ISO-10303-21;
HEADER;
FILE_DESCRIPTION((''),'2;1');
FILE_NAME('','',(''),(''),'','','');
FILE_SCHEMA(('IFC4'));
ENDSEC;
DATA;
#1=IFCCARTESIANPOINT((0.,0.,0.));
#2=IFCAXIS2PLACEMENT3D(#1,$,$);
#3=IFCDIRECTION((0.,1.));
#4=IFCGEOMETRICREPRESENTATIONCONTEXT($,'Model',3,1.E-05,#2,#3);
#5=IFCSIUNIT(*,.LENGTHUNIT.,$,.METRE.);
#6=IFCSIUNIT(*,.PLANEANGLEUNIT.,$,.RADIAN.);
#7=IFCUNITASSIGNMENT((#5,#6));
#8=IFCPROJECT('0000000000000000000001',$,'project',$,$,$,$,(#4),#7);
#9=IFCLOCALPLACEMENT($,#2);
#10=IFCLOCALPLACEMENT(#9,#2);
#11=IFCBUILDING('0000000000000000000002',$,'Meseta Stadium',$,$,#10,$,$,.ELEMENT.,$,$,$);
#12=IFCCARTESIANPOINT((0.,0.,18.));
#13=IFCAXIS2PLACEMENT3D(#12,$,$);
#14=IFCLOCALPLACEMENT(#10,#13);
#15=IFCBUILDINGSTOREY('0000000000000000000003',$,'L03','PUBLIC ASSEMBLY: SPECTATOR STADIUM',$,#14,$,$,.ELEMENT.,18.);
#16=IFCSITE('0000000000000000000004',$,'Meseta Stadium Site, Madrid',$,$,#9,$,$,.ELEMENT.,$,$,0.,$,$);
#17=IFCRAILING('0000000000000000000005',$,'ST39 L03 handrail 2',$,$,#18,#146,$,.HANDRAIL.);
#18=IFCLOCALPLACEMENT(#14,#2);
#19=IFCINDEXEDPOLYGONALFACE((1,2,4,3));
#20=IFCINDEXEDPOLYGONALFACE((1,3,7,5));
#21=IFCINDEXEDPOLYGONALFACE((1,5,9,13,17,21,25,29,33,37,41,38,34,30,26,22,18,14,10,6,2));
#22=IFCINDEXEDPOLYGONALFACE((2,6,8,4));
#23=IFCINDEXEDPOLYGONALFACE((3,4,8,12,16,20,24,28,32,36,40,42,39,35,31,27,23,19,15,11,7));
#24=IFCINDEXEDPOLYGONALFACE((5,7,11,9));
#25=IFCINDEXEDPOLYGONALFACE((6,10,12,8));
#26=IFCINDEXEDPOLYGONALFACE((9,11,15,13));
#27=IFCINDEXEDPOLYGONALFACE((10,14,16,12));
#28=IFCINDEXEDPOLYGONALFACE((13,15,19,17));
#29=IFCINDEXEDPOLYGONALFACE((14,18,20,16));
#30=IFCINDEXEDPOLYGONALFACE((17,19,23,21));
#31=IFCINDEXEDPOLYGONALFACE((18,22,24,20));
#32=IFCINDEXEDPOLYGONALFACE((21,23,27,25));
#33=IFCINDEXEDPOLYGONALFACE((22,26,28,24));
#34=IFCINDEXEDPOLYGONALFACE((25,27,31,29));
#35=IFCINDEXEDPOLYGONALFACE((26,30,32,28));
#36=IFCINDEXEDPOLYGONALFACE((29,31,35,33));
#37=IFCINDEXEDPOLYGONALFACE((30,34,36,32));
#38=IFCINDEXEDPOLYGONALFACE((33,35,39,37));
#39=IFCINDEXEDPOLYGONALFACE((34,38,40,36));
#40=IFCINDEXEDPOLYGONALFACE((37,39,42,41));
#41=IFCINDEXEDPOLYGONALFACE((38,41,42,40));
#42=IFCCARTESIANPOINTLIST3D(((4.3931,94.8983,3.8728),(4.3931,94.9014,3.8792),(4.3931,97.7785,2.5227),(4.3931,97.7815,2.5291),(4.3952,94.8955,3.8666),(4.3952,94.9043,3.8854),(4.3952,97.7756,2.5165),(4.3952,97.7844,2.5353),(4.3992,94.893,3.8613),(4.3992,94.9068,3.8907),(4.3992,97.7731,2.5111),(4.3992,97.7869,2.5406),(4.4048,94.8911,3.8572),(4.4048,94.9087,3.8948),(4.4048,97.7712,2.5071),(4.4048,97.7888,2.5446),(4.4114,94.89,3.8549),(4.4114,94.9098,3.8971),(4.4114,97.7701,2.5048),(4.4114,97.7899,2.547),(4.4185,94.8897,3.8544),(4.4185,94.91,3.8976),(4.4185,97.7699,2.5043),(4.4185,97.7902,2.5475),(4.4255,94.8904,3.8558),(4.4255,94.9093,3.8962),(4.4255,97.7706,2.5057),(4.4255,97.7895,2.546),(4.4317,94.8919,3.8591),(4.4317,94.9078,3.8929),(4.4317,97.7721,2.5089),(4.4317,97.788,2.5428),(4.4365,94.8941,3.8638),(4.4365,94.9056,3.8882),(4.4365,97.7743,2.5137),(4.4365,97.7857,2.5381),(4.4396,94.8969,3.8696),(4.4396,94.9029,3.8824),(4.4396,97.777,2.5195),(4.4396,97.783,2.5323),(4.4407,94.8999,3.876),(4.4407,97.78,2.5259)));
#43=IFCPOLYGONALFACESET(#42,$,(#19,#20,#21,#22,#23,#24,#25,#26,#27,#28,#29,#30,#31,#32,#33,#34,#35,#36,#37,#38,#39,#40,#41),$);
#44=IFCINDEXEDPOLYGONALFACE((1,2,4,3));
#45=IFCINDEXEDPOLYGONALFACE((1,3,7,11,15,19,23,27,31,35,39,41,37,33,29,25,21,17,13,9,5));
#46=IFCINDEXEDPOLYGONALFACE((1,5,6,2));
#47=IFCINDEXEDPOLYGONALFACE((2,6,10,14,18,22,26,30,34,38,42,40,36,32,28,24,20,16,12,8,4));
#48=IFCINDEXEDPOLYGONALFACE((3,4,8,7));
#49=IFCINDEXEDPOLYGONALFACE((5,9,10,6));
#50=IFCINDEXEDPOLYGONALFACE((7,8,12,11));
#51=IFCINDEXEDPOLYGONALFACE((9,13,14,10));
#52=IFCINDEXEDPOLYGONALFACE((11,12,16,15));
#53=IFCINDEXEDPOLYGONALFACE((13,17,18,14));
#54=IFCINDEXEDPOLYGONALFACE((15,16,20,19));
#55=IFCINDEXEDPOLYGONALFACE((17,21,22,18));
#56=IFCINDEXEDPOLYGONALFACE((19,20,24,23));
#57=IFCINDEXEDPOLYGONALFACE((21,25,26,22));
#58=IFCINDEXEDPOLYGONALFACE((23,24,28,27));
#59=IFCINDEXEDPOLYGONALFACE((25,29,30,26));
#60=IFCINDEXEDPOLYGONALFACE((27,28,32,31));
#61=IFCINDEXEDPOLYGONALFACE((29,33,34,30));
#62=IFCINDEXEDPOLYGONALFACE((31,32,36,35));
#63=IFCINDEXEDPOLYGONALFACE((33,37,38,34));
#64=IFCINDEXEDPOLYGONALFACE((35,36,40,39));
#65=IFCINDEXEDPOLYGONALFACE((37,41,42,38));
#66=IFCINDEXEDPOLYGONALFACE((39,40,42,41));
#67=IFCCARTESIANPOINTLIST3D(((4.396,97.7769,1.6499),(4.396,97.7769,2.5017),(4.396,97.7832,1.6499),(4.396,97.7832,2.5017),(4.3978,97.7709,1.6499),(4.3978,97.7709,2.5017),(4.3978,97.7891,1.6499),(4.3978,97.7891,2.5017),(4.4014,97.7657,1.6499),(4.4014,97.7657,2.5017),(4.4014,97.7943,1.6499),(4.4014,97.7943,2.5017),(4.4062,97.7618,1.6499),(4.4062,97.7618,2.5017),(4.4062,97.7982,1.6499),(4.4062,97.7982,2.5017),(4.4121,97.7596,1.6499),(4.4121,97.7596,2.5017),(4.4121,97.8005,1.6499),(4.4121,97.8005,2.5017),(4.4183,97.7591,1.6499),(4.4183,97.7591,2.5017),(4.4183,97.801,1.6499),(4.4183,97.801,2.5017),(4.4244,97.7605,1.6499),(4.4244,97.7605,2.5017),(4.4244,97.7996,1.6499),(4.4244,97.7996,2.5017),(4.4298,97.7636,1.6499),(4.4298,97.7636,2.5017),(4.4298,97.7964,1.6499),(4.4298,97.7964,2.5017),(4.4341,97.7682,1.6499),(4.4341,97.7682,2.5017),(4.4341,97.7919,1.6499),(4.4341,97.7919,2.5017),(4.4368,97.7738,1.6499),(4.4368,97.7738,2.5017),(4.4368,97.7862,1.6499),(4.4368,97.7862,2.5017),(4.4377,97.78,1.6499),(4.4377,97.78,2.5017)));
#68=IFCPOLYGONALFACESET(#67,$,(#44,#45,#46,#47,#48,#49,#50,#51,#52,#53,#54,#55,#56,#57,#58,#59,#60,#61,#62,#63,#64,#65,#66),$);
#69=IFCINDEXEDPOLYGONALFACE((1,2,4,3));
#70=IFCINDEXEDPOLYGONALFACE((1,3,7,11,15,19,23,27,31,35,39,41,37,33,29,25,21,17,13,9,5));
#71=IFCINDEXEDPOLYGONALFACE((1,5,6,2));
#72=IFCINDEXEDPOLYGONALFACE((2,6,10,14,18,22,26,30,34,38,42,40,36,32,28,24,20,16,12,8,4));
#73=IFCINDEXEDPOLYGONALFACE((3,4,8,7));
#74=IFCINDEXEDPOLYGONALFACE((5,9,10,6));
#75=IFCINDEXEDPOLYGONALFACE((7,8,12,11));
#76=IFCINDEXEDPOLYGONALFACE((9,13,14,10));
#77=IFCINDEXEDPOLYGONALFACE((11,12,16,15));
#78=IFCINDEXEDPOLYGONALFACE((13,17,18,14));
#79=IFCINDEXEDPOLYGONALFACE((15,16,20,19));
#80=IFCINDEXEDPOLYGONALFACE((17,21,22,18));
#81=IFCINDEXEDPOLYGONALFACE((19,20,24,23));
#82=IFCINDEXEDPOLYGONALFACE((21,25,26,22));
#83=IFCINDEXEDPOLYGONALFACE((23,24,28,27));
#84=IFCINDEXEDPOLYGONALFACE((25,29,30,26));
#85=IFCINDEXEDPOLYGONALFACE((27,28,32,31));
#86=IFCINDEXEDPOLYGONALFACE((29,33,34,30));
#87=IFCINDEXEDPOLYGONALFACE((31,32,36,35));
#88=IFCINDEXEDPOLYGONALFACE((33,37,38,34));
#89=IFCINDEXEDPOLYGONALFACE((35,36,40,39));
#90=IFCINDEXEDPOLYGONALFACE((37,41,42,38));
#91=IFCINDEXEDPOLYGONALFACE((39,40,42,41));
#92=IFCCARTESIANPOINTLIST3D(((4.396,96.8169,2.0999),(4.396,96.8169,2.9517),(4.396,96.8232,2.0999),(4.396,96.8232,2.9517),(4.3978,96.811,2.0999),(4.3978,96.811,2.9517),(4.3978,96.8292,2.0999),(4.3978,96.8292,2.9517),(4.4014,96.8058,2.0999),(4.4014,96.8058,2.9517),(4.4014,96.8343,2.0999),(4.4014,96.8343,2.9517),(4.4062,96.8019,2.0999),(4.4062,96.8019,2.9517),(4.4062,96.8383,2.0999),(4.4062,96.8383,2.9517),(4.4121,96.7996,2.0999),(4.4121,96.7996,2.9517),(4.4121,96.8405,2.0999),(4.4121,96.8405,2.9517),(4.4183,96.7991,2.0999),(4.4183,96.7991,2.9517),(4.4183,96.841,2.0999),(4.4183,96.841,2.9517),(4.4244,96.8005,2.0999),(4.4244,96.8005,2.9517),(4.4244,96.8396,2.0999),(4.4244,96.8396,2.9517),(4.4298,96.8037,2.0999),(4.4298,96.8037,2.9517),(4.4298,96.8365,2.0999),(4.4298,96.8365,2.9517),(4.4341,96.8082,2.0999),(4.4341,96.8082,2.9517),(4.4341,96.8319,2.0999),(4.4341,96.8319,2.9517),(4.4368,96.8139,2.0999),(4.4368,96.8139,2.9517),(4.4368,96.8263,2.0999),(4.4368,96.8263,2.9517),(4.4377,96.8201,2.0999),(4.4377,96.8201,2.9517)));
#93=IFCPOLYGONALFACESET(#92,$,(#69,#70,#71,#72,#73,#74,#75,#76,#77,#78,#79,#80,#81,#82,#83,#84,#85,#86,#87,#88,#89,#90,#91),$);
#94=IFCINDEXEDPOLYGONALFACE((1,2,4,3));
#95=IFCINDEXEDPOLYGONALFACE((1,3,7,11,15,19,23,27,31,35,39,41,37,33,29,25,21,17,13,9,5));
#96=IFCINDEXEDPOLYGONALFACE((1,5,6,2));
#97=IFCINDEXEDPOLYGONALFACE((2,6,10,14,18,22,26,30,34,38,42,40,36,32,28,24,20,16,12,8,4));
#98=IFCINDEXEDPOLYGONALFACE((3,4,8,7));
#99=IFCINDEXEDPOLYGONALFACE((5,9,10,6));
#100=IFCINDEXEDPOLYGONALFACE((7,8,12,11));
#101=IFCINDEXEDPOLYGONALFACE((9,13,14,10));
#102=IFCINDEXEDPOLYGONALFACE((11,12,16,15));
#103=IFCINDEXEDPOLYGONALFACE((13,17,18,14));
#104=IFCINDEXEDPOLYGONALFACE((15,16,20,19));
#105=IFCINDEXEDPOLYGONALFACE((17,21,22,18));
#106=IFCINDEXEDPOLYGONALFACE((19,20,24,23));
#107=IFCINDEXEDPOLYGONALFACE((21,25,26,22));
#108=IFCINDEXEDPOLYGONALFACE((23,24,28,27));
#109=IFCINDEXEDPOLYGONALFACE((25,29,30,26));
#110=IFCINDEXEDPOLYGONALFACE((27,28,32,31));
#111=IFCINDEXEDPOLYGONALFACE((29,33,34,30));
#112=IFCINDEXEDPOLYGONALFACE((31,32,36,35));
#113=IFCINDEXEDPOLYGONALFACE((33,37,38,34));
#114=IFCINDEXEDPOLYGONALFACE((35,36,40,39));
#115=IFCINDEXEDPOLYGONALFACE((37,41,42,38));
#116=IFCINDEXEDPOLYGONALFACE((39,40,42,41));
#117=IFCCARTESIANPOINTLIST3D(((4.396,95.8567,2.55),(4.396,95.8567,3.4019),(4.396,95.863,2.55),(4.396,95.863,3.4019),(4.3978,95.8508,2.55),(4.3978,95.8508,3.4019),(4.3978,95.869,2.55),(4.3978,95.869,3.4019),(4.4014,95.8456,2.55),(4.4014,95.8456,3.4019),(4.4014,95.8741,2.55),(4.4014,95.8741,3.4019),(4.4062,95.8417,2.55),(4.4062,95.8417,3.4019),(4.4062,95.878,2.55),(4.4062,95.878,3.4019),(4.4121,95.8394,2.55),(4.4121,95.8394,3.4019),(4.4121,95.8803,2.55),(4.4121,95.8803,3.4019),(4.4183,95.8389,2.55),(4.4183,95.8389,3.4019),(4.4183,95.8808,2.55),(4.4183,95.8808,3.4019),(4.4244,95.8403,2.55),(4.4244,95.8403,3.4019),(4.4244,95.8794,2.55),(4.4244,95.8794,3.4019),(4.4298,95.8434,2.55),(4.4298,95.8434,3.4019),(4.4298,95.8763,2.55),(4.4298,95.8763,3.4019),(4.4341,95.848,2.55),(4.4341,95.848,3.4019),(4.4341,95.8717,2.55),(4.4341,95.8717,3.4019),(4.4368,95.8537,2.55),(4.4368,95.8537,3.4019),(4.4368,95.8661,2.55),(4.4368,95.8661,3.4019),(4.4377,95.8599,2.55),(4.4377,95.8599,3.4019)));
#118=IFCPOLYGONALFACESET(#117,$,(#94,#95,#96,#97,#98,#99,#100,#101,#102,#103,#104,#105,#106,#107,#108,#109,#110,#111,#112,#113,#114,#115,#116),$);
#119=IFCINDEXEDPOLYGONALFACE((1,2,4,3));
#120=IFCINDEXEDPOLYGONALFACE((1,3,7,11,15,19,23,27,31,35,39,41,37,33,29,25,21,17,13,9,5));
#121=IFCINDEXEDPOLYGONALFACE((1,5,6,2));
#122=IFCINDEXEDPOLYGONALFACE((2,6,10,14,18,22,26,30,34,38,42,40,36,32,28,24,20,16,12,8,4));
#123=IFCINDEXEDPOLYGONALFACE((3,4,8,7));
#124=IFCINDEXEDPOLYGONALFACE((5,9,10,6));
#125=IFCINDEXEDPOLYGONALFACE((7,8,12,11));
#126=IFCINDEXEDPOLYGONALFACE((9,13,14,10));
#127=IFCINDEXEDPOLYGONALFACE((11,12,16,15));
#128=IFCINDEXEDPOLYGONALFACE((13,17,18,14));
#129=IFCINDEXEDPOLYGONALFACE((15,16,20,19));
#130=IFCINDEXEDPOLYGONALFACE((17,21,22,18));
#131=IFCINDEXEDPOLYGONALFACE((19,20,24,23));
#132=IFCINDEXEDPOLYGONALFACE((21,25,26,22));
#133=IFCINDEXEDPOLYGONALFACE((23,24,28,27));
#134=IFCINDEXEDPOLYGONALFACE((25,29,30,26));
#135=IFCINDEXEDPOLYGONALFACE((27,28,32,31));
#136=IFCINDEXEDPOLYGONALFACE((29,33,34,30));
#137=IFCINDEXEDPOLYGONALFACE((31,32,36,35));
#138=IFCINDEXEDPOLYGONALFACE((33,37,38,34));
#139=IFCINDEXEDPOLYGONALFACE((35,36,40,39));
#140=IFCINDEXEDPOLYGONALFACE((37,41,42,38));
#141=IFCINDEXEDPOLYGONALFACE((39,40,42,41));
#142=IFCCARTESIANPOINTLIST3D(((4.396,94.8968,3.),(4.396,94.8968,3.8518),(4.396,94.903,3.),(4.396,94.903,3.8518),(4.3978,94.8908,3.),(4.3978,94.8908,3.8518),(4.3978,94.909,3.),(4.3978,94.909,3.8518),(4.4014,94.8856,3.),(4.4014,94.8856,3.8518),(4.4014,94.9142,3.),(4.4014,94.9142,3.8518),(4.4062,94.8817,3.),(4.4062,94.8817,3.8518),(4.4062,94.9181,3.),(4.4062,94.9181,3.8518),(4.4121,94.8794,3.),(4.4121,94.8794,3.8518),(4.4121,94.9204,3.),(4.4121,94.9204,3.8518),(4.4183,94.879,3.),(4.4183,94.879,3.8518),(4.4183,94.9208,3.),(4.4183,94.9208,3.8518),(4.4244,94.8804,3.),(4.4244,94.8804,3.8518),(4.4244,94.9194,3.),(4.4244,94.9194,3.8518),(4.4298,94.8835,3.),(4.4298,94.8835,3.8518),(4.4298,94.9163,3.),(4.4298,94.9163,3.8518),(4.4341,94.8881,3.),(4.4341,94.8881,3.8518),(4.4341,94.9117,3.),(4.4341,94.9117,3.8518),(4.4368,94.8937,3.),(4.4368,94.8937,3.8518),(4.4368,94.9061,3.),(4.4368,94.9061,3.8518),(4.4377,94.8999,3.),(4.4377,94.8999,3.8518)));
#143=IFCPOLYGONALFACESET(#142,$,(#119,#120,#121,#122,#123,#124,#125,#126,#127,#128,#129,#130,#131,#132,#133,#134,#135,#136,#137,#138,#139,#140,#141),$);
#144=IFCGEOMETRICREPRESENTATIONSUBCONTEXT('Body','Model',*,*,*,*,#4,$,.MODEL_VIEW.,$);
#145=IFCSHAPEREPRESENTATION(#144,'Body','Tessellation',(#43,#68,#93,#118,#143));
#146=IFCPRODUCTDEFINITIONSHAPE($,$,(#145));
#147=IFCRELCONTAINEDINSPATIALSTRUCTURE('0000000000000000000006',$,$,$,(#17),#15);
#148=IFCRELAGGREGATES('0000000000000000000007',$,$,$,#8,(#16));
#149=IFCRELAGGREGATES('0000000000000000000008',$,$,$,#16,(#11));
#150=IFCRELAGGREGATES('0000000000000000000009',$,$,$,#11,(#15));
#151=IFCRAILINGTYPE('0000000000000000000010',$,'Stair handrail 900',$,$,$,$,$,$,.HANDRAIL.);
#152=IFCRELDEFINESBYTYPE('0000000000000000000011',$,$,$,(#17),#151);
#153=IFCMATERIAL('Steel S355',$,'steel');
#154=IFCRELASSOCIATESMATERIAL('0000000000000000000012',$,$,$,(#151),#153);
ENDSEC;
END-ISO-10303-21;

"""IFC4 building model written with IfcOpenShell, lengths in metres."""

from ifc_helpers import new_model, si_unit, direction, frame, origin, origin_2d, place, context, subcontext, project, spatial, circle, extrude, material, type_object, element, save


model = new_model("IFC4")

# Units and contexts
model_context = context("Model", 3, precision=1e-05, world=origin(), true_north=direction((0.0, 1.0)))
body_context = subcontext(model_context, "Body", "Model", "MODEL_VIEW")
ifc_project = project(units=[si_unit("LENGTHUNIT", "METRE"), si_unit("PLANEANGLEUNIT", "RADIAN")], contexts=[model_context])

# Site, building, storey
site_placement = place(None, origin())
site = spatial("IfcSite", under=ifc_project, at=site_placement, Name="Meseta Stadium Site, Madrid", CompositionType="ELEMENT", RefElevation=0.0)
building_placement = place(site_placement, origin())
building = spatial("IfcBuilding", under=site, at=building_placement, Name="Meseta Stadium", CompositionType="ELEMENT")
storey_placement = place(building_placement, frame((0.0, 0.0, 18.0)))
storey = spatial("IfcBuildingStorey", under=building, at=storey_placement, Name="L03", Description="PUBLIC ASSEMBLY: SPECTATOR STADIUM", CompositionType="ELEMENT", Elevation=18.0)

# Railing
ifc_material_1 = material(Name="Steel S355", Category="steel")
railing_type_1 = type_object("IfcRailingType", Name="Stair handrail 900", PredefinedType="HANDRAIL", material=ifc_material_1)
railing_1_placement = place(storey_placement, frame((4.4167, 97.78, 1.6499)))
element("IfcRailing", 1, at=railing_1_placement, inside=storey, type_object=railing_type_1, Name="ST39 L03 handrail 2", PredefinedType="HANDRAIL", context=body_context, shape_type="SweptSolid", body=[
    extrude(circle(Radius=0.0239, at=origin_2d()), frame((0.0, 0.0, 0.876), z_axis=(0.0, -0.905454, 0.424444), x_axis=(1.0, 0.0, 0.0)), (0.0, 0.0, 1.0), 3.1809),
    extrude(circle(Radius=0.021, at=origin_2d()), origin(), (0.0, 0.0, 1.0), 0.8518),
    extrude(circle(Radius=0.021, at=origin_2d()), frame((0.0, -0.96, 0.45)), (0.0, 0.0, 1.0), 0.8518),
    extrude(circle(Radius=0.021, at=origin_2d()), frame((0.0, -1.9202, 0.9001)), (0.0, 0.0, 1.0), 0.8518),
    extrude(circle(Radius=0.021, at=origin_2d()), frame((0.0, -2.8801, 1.3501)), (0.0, 0.0, 1.0), 0.8518),
])

save(model, "model.ifc")
